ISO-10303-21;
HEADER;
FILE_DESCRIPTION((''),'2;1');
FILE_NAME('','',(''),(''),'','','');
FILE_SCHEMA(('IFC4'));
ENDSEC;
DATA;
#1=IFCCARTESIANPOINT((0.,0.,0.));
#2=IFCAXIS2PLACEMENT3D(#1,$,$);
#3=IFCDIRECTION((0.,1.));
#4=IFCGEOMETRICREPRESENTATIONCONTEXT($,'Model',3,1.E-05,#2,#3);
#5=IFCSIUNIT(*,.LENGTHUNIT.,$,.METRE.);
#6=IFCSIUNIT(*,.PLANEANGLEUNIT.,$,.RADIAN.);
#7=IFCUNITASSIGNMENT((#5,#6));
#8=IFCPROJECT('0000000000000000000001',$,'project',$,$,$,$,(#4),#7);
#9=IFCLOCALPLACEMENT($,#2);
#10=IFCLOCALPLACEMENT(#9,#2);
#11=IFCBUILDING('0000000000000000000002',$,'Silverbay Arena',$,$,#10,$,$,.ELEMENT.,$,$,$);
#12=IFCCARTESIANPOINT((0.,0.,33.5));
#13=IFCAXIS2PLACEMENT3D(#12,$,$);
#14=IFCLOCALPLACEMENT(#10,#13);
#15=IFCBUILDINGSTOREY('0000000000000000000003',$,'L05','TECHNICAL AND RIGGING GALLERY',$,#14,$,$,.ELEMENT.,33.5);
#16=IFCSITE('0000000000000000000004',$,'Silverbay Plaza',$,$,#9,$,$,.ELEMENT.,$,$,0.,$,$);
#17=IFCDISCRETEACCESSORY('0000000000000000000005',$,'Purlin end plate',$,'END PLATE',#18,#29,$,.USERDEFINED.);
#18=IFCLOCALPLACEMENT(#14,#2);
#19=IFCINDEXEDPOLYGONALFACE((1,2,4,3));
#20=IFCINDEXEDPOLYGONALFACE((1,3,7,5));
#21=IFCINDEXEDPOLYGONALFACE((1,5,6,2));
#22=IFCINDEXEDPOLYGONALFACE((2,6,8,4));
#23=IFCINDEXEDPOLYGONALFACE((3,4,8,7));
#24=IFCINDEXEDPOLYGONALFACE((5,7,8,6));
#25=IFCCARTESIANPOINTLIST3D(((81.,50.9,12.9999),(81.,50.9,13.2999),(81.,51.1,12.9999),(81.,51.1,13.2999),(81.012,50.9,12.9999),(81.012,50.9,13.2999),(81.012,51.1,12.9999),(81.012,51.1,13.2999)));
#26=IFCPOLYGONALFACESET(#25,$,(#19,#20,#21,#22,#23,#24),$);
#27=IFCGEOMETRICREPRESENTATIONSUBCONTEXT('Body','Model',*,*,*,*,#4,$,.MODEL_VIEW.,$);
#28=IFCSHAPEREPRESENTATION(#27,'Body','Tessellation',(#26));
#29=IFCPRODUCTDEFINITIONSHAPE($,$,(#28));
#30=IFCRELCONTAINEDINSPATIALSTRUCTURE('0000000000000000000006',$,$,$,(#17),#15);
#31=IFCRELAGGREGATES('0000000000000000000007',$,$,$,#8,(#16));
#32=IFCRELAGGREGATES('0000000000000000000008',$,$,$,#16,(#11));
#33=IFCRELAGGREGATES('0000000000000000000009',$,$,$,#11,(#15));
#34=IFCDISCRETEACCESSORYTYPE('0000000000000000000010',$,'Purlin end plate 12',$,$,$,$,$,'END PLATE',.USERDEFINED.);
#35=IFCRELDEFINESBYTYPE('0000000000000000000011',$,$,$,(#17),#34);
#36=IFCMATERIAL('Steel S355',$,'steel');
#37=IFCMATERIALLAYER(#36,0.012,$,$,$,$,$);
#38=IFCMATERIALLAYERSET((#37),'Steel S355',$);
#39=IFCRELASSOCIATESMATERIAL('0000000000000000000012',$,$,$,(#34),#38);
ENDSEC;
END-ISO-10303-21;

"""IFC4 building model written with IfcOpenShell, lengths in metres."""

from ifc_helpers import new_model, si_unit, direction, frame, origin, origin_2d, place, context, subcontext, project, spatial, rectangle, extrude, material, layer, layer_set, type_object, element, save


model = new_model("IFC4")

# Units and contexts
model_context = context("Model", 3, precision=1e-05, world=origin(), true_north=direction((0.0, 1.0)))
body_context = subcontext(model_context, "Body", "Model", "MODEL_VIEW")
ifc_project = project(units=[si_unit("LENGTHUNIT", "METRE"), si_unit("PLANEANGLEUNIT", "RADIAN")], contexts=[model_context])

# Site, building, storey
site_placement = place(None, origin())
site = spatial("IfcSite", under=ifc_project, at=site_placement, Name="Silverbay Plaza", CompositionType="ELEMENT", RefElevation=0.0)
building_placement = place(site_placement, origin())
building = spatial("IfcBuilding", under=site, at=building_placement, Name="Silverbay Arena", CompositionType="ELEMENT")
storey_placement = place(building_placement, frame((0.0, 0.0, 33.5)))
storey = spatial("IfcBuildingStorey", under=building, at=storey_placement, Name="L05", Description="TECHNICAL AND RIGGING GALLERY", CompositionType="ELEMENT", Elevation=33.5)

# Discrete accessory
ifc_material_1 = material(Name="Steel S355", Category="steel")
ifc_layer_1 = layer(ifc_material_1, 0.012)
ifc_layer_set_1 = layer_set([ifc_layer_1], Name="Steel S355")
discrete_accessory_type_1 = type_object("IfcDiscreteAccessoryType", Name="Purlin end plate 12", ElementType="END PLATE", PredefinedType="USERDEFINED", material=ifc_layer_set_1)
for number, where, z_axis, x_axis, name in (
    (1, (81.0, 51.0, 13.1499), (1.0, 0.0, 0.0), (0.0, 1.0, 0.0), "Purlin end plate"),
):
    element("IfcDiscreteAccessory", number, at=place(storey_placement, frame(where, z_axis=z_axis, x_axis=x_axis)), inside=storey, type_object=discrete_accessory_type_1, Name=name, ObjectType="END PLATE", PredefinedType="USERDEFINED", context=body_context, shape_type="SweptSolid", body=[
        extrude(rectangle(XDim=0.2, YDim=0.3, at=origin_2d()), origin(), (0.0, 0.0, 1.0), 0.012),
    ])

save(model, "model.ifc")
